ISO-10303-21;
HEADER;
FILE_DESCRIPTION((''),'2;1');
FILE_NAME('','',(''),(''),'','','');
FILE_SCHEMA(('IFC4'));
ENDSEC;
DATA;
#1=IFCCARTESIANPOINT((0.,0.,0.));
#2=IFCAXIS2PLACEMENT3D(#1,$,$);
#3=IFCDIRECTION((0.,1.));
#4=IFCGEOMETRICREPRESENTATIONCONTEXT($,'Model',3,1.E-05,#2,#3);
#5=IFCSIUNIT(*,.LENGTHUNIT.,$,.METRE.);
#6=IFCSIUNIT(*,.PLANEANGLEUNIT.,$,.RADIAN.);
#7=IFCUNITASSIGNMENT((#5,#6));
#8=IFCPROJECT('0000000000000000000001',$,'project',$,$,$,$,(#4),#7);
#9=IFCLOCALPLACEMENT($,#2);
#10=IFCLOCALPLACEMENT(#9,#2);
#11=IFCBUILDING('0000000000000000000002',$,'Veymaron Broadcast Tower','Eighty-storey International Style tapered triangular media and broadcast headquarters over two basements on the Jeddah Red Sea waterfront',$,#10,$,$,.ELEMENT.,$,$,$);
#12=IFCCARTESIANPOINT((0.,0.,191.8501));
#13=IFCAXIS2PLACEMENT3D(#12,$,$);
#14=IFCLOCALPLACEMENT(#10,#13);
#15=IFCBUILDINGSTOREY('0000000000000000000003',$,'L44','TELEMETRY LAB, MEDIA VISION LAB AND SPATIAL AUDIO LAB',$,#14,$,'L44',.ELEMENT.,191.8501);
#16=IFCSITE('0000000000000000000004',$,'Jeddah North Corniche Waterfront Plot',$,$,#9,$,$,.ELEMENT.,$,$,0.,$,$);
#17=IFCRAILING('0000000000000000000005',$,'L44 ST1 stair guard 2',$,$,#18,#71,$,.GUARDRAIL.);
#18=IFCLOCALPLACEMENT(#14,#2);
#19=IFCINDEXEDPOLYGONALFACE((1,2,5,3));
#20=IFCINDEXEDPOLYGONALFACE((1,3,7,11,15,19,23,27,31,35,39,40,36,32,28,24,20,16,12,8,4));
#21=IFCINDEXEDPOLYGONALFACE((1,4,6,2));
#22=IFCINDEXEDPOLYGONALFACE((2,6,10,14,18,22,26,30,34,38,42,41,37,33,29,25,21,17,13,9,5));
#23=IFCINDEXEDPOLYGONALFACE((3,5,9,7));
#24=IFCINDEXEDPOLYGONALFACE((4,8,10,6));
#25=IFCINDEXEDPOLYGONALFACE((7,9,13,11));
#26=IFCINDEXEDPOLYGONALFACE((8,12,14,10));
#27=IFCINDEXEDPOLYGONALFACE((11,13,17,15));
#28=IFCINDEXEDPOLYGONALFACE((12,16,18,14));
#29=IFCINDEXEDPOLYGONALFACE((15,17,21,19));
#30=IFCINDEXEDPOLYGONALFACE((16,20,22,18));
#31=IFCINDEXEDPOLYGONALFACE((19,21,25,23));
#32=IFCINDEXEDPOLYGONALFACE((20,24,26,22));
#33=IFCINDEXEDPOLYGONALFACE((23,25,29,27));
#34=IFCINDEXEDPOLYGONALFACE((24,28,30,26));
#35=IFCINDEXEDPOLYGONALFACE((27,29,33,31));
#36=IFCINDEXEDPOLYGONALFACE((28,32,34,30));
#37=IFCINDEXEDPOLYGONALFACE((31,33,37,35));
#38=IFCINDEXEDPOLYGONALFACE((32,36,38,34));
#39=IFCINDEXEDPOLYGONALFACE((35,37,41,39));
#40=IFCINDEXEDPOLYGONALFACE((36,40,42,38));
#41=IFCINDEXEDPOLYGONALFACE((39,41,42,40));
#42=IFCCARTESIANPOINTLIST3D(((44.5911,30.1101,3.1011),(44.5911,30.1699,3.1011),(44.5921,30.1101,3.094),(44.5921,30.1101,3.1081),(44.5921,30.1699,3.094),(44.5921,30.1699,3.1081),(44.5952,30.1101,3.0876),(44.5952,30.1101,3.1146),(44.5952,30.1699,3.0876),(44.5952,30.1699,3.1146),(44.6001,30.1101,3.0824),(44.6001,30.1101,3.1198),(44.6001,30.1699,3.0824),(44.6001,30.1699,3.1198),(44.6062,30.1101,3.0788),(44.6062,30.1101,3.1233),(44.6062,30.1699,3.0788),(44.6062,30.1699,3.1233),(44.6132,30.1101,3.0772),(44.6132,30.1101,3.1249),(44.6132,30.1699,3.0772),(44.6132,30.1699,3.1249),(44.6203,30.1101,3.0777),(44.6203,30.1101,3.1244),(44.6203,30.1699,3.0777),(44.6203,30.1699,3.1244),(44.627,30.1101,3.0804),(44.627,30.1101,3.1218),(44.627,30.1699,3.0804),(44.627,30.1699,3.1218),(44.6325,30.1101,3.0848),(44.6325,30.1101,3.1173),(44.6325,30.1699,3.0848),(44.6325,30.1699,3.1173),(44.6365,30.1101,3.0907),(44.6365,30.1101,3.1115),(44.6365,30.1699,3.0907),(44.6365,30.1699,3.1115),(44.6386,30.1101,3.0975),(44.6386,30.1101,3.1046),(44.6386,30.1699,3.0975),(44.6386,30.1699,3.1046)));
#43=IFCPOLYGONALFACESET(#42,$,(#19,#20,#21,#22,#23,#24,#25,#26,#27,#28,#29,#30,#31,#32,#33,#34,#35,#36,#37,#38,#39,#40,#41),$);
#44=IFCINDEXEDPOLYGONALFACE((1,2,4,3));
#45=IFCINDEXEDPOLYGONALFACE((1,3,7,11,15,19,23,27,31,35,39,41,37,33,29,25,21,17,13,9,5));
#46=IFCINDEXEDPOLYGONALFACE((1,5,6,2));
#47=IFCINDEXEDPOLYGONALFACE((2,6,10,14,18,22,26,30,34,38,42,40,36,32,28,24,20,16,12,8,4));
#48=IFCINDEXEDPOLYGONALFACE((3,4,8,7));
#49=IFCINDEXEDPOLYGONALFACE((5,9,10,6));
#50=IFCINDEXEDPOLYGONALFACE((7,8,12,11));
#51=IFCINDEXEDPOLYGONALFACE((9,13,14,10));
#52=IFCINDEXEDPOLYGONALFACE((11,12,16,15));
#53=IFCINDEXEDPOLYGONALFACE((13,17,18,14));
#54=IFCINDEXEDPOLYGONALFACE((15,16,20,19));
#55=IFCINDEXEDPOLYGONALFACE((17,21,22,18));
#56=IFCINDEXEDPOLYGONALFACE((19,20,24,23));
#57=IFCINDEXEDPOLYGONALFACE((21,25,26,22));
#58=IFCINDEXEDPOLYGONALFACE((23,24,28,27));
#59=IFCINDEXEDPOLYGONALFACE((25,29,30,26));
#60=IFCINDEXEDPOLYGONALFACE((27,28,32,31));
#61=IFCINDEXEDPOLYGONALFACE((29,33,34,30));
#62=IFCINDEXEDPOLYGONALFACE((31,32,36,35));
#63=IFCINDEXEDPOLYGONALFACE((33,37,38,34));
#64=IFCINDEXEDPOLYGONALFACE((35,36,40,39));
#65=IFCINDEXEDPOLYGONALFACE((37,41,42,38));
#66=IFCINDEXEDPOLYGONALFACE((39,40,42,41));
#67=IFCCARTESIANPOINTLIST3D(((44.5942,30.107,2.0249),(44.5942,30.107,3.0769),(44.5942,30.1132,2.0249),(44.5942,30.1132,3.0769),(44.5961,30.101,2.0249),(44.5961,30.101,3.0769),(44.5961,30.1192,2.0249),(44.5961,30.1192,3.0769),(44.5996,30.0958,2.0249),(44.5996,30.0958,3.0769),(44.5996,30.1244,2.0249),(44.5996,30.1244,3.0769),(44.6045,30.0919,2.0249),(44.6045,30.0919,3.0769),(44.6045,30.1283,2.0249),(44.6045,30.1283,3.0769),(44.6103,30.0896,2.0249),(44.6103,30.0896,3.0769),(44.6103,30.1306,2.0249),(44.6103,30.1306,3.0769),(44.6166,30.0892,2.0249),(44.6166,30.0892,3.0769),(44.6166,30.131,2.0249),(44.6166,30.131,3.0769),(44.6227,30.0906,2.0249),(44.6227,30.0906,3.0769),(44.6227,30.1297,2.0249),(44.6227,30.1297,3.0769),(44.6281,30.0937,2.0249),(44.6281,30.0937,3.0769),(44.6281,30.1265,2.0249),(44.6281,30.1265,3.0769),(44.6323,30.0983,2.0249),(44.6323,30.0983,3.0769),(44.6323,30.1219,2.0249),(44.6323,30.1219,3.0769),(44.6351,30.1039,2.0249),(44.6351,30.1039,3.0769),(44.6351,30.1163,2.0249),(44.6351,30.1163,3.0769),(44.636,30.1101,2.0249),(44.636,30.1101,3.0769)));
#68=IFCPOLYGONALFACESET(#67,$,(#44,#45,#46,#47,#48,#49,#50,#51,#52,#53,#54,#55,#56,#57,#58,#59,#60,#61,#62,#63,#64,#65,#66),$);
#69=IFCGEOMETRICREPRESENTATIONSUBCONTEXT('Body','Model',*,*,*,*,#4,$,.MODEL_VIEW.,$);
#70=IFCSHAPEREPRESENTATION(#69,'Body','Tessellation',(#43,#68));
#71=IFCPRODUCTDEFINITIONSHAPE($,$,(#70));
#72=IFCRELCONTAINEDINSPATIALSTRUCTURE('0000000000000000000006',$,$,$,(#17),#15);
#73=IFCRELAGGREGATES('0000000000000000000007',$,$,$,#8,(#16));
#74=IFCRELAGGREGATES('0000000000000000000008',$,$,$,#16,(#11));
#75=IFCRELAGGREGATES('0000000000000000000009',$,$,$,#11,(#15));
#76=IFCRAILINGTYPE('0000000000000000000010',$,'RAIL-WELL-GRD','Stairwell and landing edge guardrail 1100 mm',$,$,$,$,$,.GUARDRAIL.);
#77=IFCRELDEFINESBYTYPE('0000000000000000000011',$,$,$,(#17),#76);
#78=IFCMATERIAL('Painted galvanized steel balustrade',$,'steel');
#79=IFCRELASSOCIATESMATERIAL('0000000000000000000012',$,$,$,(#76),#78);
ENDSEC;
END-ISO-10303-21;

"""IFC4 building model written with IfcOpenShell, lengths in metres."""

from ifc_helpers import new_model, si_unit, direction, frame, origin, origin_2d, place, context, subcontext, project, spatial, circle, extrude, material, type_object, element, save


model = new_model("IFC4")

# Units and contexts
model_context = context("Model", 3, precision=1e-05, world=origin(), true_north=direction((0.0, 1.0)))
body_context = subcontext(model_context, "Body", "Model", "MODEL_VIEW")
ifc_project = project(units=[si_unit("LENGTHUNIT", "METRE"), si_unit("PLANEANGLEUNIT", "RADIAN")], contexts=[model_context])

# Site, building, storey
site_placement = place(None, origin())
site = spatial("IfcSite", under=ifc_project, at=site_placement, Name="Jeddah North Corniche Waterfront Plot", CompositionType="ELEMENT", RefElevation=0.0)
building_placement = place(site_placement, origin())
building = spatial("IfcBuilding", under=site, at=building_placement, Name="Veymaron Broadcast Tower", Description="Eighty-storey International Style tapered triangular media and broadcast headquarters over two basements on the Jeddah Red Sea waterfront", CompositionType="ELEMENT")
storey_placement = place(building_placement, frame((0.0, 0.0, 191.8501)))
storey = spatial("IfcBuildingStorey", under=building, at=storey_placement, Name="L44", Description="TELEMETRY LAB, MEDIA VISION LAB AND SPATIAL AUDIO LAB", LongName="L44", CompositionType="ELEMENT", Elevation=191.8501)

# Railing
ifc_material_1 = material(Name="Painted galvanized steel balustrade", Category="steel")
railing_type_1 = type_object("IfcRailingType", Name="RAIL-WELL-GRD", Description="Stairwell and landing edge guardrail 1100 mm", PredefinedType="GUARDRAIL", material=ifc_material_1)
railing_1_placement = place(storey_placement, frame((44.615, 30.1101, 2.0249)))
element("IfcRailing", 1, at=railing_1_placement, inside=storey, type_object=railing_type_1, Name="L44 ST1 stair guard 2", PredefinedType="GUARDRAIL", context=body_context, shape_type="SweptSolid", body=[
    extrude(circle(Radius=0.0239, at=origin_2d()), frame((0.0, 0.0, 1.0762), z_axis=(0.0, 1.0, 0.0), x_axis=(-1.0, 0.0, 0.0)), (0.0, 0.0, 1.0), 0.0598),
    extrude(circle(Radius=0.021, at=origin_2d()), origin(), (0.0, 0.0, 1.0), 1.052),
])

save(model, "model.ifc")
